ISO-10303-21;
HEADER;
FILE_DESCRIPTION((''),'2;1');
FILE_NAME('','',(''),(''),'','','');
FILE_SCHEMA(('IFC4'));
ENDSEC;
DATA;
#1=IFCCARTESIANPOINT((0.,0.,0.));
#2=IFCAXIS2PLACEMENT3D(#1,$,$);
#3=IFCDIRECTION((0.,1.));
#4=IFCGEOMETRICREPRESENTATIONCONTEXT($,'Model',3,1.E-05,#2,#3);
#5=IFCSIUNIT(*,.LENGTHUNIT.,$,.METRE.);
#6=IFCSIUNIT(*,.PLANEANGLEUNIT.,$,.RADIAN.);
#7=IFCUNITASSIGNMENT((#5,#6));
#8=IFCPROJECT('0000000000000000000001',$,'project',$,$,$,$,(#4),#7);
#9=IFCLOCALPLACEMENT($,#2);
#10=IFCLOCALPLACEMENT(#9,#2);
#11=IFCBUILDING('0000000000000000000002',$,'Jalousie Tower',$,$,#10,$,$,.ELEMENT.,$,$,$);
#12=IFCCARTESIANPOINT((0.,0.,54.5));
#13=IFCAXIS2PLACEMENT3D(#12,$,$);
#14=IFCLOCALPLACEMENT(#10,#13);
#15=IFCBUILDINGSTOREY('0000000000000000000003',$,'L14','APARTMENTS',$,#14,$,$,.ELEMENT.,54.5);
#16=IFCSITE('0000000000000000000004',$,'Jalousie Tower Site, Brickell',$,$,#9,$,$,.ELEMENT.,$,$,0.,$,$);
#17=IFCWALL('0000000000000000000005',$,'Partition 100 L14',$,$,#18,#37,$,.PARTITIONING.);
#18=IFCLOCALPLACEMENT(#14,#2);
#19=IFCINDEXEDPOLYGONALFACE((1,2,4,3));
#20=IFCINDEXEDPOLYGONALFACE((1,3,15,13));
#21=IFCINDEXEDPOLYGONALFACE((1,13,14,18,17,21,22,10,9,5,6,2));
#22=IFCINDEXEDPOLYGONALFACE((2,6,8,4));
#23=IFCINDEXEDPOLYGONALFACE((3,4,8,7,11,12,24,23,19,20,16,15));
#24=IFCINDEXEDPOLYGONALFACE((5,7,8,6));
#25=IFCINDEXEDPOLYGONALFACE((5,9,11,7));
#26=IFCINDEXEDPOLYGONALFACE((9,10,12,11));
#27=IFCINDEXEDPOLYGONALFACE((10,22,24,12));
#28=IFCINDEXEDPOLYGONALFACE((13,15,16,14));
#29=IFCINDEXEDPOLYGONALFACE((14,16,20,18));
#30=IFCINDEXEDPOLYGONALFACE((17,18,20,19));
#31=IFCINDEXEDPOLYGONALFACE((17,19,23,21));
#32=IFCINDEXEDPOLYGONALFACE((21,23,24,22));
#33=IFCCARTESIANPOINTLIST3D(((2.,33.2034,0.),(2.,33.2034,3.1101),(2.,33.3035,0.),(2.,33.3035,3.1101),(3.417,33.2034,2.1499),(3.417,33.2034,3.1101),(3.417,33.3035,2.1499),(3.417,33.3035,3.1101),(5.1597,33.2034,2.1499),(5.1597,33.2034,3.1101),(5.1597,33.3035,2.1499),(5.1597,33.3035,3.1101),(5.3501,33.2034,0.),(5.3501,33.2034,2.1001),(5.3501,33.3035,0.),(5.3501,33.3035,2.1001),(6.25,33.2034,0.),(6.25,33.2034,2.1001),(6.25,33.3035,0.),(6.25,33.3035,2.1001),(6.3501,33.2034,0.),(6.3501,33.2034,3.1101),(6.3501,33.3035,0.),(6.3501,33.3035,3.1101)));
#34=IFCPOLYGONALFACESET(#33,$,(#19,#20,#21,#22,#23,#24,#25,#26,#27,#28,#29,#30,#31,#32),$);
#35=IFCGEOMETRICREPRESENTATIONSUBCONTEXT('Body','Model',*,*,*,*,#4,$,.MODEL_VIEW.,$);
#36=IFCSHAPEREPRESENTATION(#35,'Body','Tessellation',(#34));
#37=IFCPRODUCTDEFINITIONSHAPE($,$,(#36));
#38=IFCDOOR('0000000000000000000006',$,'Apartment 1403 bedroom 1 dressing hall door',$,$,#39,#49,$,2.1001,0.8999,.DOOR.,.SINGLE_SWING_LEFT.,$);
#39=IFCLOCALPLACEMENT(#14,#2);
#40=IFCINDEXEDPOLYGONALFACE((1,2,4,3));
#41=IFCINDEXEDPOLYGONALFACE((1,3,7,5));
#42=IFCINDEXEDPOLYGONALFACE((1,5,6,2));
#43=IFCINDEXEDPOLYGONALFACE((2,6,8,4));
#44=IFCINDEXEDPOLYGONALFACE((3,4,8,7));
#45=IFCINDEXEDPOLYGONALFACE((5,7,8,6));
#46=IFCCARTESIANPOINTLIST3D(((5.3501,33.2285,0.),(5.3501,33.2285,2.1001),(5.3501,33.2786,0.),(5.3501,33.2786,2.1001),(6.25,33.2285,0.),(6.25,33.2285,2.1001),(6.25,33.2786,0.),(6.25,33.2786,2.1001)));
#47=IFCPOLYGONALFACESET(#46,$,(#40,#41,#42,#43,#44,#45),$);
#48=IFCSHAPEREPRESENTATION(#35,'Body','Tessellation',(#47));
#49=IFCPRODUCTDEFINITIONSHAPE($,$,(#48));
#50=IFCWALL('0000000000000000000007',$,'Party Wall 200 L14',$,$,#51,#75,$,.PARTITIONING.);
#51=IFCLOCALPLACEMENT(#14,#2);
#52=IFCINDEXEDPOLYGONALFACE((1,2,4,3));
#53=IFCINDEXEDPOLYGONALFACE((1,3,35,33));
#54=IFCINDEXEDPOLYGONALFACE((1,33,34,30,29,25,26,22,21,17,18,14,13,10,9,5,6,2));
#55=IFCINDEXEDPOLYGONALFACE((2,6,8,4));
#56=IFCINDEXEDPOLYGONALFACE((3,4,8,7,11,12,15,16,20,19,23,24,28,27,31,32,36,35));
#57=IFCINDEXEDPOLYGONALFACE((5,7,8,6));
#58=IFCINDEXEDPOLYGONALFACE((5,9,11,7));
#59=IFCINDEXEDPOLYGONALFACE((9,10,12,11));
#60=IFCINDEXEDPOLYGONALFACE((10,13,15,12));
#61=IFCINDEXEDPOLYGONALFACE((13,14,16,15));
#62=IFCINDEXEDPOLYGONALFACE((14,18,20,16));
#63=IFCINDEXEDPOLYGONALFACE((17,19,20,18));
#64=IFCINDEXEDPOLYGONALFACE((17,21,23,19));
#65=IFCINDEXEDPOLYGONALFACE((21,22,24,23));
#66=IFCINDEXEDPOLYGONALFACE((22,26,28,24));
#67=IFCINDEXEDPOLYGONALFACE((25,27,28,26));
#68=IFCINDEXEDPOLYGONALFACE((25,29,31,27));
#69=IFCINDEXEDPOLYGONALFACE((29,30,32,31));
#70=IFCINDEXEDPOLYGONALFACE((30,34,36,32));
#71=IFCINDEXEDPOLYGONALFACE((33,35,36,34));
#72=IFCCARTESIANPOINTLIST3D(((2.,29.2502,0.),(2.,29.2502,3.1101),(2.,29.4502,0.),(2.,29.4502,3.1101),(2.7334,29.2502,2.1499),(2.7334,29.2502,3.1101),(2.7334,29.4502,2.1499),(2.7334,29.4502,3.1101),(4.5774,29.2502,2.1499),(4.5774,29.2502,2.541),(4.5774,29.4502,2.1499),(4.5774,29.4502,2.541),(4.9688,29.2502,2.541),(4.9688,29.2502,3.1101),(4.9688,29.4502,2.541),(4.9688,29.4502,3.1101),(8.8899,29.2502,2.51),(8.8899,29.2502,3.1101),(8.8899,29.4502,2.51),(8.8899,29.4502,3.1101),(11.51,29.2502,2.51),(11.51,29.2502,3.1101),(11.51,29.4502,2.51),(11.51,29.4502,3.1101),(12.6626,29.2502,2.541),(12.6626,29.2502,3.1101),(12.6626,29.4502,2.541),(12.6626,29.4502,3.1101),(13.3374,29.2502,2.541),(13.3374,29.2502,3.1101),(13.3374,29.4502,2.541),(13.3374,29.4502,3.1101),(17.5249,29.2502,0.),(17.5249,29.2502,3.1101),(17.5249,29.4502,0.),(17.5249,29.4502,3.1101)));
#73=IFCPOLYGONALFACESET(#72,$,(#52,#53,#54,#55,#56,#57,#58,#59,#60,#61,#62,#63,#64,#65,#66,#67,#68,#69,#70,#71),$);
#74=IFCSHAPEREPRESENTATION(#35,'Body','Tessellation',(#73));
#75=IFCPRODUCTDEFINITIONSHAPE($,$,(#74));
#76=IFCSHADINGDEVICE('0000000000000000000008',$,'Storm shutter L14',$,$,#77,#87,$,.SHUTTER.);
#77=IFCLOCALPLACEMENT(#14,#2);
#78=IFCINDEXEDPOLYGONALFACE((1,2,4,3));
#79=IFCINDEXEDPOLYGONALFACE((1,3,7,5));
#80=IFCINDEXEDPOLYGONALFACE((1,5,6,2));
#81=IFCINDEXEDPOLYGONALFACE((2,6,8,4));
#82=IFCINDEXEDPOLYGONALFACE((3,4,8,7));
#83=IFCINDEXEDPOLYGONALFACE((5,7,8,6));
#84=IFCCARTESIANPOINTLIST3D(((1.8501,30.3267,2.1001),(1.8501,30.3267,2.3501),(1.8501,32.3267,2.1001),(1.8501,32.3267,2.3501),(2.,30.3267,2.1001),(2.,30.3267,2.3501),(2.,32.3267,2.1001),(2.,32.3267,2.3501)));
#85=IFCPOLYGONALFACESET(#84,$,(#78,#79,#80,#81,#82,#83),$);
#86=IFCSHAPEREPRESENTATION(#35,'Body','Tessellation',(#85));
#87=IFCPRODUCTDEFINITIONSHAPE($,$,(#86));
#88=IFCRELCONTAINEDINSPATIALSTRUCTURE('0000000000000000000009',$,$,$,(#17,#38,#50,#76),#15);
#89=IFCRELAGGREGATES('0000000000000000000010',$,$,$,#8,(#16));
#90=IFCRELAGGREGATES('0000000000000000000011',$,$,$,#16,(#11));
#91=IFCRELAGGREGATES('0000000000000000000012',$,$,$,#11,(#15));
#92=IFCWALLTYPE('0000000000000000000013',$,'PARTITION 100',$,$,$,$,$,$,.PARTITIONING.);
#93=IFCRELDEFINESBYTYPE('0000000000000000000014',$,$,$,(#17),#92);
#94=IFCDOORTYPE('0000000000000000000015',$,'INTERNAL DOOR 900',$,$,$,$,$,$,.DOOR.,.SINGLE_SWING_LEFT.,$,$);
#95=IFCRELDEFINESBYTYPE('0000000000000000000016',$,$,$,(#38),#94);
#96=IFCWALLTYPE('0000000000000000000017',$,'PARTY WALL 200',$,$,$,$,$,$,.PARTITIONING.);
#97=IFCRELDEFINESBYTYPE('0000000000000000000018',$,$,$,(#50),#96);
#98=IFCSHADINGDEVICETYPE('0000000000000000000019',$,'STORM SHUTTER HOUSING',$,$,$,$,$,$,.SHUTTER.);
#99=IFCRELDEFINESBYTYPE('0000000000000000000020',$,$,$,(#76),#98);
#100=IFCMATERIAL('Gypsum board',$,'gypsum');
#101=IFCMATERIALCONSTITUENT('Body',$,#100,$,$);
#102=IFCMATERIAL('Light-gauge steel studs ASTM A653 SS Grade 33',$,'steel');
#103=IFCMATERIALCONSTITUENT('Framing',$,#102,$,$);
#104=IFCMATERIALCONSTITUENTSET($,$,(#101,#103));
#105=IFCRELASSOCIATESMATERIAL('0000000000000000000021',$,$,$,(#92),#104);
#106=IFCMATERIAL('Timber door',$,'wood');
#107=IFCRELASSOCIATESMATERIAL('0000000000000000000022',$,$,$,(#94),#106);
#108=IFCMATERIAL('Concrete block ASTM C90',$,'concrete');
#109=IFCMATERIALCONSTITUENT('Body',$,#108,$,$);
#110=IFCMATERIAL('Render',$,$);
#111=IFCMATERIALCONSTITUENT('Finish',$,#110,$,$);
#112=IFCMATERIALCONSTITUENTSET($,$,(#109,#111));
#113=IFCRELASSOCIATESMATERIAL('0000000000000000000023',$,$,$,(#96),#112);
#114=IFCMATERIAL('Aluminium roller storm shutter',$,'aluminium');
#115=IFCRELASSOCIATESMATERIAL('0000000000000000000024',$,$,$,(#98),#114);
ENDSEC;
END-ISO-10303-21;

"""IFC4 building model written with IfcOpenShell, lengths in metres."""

from ifc_helpers import new_model, si_unit, direction, frame, frame_2d, origin, origin_2d, place, context, subcontext, project, spatial, polyline, rectangle, outline, extrude, material, constituent, constituent_set, type_object, element, fill, save


model = new_model("IFC4")

# Units and contexts
model_context = context("Model", 3, precision=1e-05, world=origin(), true_north=direction((0.0, 1.0)))
body_context = subcontext(model_context, "Body", "Model", "MODEL_VIEW")
ifc_project = project(units=[si_unit("LENGTHUNIT", "METRE"), si_unit("PLANEANGLEUNIT", "RADIAN")], contexts=[model_context])

# Site, building, storey
site_placement = place(None, origin())
site = spatial("IfcSite", under=ifc_project, at=site_placement, Name="Jalousie Tower Site, Brickell", CompositionType="ELEMENT", RefElevation=0.0)
building_placement = place(site_placement, origin())
building = spatial("IfcBuilding", under=site, at=building_placement, Name="Jalousie Tower", CompositionType="ELEMENT")
storey_placement = place(building_placement, frame((0.0, 0.0, 54.5)))
storey = spatial("IfcBuildingStorey", under=building, at=storey_placement, Name="L14", Description="APARTMENTS", CompositionType="ELEMENT", Elevation=54.5)

# Shared definitions
ifc_material_1 = material(Name="Gypsum board", Category="gypsum")
ifc_constituent_1 = constituent(ifc_material_1, Name="Body")
ifc_material_2 = material(Name="Light-gauge steel studs ASTM A653 SS Grade 33", Category="steel")
ifc_constituent_2 = constituent(ifc_material_2, Name="Framing")
ifc_constituent_set_1 = constituent_set(constituents=[ifc_constituent_1, ifc_constituent_2])
wall_type_1 = type_object("IfcWallType", Name="PARTITION 100", PredefinedType="PARTITIONING", material=ifc_constituent_set_1)

# Wall, opening, door
wall_1_placement = place(storey_placement, frame((2.0, 33.2534, 0.0), z_axis=(0.0, 0.0, 1.0), x_axis=(1.0, 0.0, 0.0)))
wall_1 = element("IfcWall", 1, at=wall_1_placement, inside=storey, type_object=wall_type_1, Name="Partition 100 L14", PredefinedType="PARTITIONING", context=body_context, shape_type="SweptSolid", body=[
    extrude(outline(polyline([(0.0, 0.0), (4.3501, 0.0), (4.3501, 3.1101), (3.1597, 3.1101), (3.1597, 2.1499), (1.417, 2.1499), (1.417, 3.1101), (0.0, 3.1101), (0.0, 0.0)])), frame((0.0, 0.05, 0.0), z_axis=(0.0, -1.0, 0.0), x_axis=(1.0, 0.0, 0.0)), (0.0, 0.0, 1.0), 0.1001),
])
opening_1_placement = place(wall_1_placement, frame((3.3501, 0.0, 0.0)))
opening_1 = element("IfcOpeningElement", 2, at=opening_1_placement, cuts=wall_1, PredefinedType="OPENING", context=body_context, shape_type="SweptSolid", body=[
    extrude(rectangle(XDim=0.8999, YDim=2.1001, at=frame_2d((0.45, 1.05))), frame((0.0, 0.0601, 0.0), z_axis=(0.0, -1.0, 0.0), x_axis=(1.0, 0.0, 0.0)), (0.0, 0.0, 1.0), 0.1201),
])
ifc_material_3 = material(Name="Timber door", Category="wood")
door_type_1 = type_object("IfcDoorType", Name="INTERNAL DOOR 900", OperationType="SINGLE_SWING_LEFT", PredefinedType="DOOR", material=ifc_material_3)
door_1_placement = place(opening_1_placement, frame((0.8999, 0.0, 0.0), z_axis=(0.0, 0.0, 1.0), x_axis=(-1.0, 0.0, 0.0)))
door_1 = element("IfcDoor", 3, at=door_1_placement, inside=storey, type_object=door_type_1, Name="Apartment 1403 bedroom 1 dressing hall door", OperationType="SINGLE_SWING_LEFT", OverallHeight=2.1001, OverallWidth=0.8999, PredefinedType="DOOR", context=body_context, shape_type="SweptSolid", body=[
    extrude(rectangle(XDim=0.8999, YDim=2.1001, at=frame_2d((0.45, 1.05))), frame((0.0, 0.0249, 0.0), z_axis=(0.0, -1.0, 0.0), x_axis=(1.0, 0.0, 0.0)), (0.0, 0.0, 1.0), 0.05),
])
fill(opening_1, door_1)

# Wall
ifc_material_4 = material(Name="Concrete block ASTM C90", Category="concrete")
ifc_constituent_3 = constituent(ifc_material_4, Name="Body")
ifc_material_5 = material(Name="Render")
ifc_constituent_4 = constituent(ifc_material_5, Name="Finish")
ifc_constituent_set_2 = constituent_set(constituents=[ifc_constituent_3, ifc_constituent_4])
wall_type_2 = type_object("IfcWallType", Name="PARTY WALL 200", PredefinedType="PARTITIONING", material=ifc_constituent_set_2)
wall_2_placement = place(storey_placement, frame((2.0, 29.3501, 0.0), z_axis=(0.0, 0.0, 1.0), x_axis=(1.0, 0.0, 0.0)))
element("IfcWall", 4, at=wall_2_placement, inside=storey, type_object=wall_type_2, Name="Party Wall 200 L14", PredefinedType="PARTITIONING", context=body_context, shape_type="SweptSolid", body=[
    extrude(outline(polyline([(0.0, 0.0), (15.5249, 0.0), (15.5249, 3.1101), (11.3374, 3.1101), (11.3374, 2.541), (10.6626, 2.541), (10.6626, 3.1101), (9.51, 3.1101), (9.51, 2.51), (6.8899, 2.51), (6.8899, 3.1101), (2.9688, 3.1101), (2.9688, 2.541), (2.5774, 2.541), (2.5774, 2.1499), (0.7334, 2.1499), (0.7334, 3.1101), (0.0, 3.1101), (0.0, 0.0)])), frame((0.0, 0.1001, 0.0), z_axis=(0.0, -1.0, 0.0), x_axis=(1.0, 0.0, 0.0)), (0.0, 0.0, 1.0), 0.2),
])

# Shading device
ifc_material_6 = material(Name="Aluminium roller storm shutter", Category="aluminium")
shading_device_type = type_object("IfcShadingDeviceType", Name="STORM SHUTTER HOUSING", PredefinedType="SHUTTER", material=ifc_material_6)
shading_device_placement = place(storey_placement, frame((1.925, 31.3267, 2.1001), z_axis=(0.0, 0.0, 1.0), x_axis=(0.0, -1.0, 0.0)))
element("IfcShadingDevice", 5, at=shading_device_placement, inside=storey, type_object=shading_device_type, Name="Storm shutter L14", PredefinedType="SHUTTER", context=body_context, shape_type="SweptSolid", body=[
    extrude(rectangle(XDim=2.0, YDim=0.1499, at=origin_2d()), origin(), (0.0, 0.0, 1.0), 0.25),
])

save(model, "model.ifc")
